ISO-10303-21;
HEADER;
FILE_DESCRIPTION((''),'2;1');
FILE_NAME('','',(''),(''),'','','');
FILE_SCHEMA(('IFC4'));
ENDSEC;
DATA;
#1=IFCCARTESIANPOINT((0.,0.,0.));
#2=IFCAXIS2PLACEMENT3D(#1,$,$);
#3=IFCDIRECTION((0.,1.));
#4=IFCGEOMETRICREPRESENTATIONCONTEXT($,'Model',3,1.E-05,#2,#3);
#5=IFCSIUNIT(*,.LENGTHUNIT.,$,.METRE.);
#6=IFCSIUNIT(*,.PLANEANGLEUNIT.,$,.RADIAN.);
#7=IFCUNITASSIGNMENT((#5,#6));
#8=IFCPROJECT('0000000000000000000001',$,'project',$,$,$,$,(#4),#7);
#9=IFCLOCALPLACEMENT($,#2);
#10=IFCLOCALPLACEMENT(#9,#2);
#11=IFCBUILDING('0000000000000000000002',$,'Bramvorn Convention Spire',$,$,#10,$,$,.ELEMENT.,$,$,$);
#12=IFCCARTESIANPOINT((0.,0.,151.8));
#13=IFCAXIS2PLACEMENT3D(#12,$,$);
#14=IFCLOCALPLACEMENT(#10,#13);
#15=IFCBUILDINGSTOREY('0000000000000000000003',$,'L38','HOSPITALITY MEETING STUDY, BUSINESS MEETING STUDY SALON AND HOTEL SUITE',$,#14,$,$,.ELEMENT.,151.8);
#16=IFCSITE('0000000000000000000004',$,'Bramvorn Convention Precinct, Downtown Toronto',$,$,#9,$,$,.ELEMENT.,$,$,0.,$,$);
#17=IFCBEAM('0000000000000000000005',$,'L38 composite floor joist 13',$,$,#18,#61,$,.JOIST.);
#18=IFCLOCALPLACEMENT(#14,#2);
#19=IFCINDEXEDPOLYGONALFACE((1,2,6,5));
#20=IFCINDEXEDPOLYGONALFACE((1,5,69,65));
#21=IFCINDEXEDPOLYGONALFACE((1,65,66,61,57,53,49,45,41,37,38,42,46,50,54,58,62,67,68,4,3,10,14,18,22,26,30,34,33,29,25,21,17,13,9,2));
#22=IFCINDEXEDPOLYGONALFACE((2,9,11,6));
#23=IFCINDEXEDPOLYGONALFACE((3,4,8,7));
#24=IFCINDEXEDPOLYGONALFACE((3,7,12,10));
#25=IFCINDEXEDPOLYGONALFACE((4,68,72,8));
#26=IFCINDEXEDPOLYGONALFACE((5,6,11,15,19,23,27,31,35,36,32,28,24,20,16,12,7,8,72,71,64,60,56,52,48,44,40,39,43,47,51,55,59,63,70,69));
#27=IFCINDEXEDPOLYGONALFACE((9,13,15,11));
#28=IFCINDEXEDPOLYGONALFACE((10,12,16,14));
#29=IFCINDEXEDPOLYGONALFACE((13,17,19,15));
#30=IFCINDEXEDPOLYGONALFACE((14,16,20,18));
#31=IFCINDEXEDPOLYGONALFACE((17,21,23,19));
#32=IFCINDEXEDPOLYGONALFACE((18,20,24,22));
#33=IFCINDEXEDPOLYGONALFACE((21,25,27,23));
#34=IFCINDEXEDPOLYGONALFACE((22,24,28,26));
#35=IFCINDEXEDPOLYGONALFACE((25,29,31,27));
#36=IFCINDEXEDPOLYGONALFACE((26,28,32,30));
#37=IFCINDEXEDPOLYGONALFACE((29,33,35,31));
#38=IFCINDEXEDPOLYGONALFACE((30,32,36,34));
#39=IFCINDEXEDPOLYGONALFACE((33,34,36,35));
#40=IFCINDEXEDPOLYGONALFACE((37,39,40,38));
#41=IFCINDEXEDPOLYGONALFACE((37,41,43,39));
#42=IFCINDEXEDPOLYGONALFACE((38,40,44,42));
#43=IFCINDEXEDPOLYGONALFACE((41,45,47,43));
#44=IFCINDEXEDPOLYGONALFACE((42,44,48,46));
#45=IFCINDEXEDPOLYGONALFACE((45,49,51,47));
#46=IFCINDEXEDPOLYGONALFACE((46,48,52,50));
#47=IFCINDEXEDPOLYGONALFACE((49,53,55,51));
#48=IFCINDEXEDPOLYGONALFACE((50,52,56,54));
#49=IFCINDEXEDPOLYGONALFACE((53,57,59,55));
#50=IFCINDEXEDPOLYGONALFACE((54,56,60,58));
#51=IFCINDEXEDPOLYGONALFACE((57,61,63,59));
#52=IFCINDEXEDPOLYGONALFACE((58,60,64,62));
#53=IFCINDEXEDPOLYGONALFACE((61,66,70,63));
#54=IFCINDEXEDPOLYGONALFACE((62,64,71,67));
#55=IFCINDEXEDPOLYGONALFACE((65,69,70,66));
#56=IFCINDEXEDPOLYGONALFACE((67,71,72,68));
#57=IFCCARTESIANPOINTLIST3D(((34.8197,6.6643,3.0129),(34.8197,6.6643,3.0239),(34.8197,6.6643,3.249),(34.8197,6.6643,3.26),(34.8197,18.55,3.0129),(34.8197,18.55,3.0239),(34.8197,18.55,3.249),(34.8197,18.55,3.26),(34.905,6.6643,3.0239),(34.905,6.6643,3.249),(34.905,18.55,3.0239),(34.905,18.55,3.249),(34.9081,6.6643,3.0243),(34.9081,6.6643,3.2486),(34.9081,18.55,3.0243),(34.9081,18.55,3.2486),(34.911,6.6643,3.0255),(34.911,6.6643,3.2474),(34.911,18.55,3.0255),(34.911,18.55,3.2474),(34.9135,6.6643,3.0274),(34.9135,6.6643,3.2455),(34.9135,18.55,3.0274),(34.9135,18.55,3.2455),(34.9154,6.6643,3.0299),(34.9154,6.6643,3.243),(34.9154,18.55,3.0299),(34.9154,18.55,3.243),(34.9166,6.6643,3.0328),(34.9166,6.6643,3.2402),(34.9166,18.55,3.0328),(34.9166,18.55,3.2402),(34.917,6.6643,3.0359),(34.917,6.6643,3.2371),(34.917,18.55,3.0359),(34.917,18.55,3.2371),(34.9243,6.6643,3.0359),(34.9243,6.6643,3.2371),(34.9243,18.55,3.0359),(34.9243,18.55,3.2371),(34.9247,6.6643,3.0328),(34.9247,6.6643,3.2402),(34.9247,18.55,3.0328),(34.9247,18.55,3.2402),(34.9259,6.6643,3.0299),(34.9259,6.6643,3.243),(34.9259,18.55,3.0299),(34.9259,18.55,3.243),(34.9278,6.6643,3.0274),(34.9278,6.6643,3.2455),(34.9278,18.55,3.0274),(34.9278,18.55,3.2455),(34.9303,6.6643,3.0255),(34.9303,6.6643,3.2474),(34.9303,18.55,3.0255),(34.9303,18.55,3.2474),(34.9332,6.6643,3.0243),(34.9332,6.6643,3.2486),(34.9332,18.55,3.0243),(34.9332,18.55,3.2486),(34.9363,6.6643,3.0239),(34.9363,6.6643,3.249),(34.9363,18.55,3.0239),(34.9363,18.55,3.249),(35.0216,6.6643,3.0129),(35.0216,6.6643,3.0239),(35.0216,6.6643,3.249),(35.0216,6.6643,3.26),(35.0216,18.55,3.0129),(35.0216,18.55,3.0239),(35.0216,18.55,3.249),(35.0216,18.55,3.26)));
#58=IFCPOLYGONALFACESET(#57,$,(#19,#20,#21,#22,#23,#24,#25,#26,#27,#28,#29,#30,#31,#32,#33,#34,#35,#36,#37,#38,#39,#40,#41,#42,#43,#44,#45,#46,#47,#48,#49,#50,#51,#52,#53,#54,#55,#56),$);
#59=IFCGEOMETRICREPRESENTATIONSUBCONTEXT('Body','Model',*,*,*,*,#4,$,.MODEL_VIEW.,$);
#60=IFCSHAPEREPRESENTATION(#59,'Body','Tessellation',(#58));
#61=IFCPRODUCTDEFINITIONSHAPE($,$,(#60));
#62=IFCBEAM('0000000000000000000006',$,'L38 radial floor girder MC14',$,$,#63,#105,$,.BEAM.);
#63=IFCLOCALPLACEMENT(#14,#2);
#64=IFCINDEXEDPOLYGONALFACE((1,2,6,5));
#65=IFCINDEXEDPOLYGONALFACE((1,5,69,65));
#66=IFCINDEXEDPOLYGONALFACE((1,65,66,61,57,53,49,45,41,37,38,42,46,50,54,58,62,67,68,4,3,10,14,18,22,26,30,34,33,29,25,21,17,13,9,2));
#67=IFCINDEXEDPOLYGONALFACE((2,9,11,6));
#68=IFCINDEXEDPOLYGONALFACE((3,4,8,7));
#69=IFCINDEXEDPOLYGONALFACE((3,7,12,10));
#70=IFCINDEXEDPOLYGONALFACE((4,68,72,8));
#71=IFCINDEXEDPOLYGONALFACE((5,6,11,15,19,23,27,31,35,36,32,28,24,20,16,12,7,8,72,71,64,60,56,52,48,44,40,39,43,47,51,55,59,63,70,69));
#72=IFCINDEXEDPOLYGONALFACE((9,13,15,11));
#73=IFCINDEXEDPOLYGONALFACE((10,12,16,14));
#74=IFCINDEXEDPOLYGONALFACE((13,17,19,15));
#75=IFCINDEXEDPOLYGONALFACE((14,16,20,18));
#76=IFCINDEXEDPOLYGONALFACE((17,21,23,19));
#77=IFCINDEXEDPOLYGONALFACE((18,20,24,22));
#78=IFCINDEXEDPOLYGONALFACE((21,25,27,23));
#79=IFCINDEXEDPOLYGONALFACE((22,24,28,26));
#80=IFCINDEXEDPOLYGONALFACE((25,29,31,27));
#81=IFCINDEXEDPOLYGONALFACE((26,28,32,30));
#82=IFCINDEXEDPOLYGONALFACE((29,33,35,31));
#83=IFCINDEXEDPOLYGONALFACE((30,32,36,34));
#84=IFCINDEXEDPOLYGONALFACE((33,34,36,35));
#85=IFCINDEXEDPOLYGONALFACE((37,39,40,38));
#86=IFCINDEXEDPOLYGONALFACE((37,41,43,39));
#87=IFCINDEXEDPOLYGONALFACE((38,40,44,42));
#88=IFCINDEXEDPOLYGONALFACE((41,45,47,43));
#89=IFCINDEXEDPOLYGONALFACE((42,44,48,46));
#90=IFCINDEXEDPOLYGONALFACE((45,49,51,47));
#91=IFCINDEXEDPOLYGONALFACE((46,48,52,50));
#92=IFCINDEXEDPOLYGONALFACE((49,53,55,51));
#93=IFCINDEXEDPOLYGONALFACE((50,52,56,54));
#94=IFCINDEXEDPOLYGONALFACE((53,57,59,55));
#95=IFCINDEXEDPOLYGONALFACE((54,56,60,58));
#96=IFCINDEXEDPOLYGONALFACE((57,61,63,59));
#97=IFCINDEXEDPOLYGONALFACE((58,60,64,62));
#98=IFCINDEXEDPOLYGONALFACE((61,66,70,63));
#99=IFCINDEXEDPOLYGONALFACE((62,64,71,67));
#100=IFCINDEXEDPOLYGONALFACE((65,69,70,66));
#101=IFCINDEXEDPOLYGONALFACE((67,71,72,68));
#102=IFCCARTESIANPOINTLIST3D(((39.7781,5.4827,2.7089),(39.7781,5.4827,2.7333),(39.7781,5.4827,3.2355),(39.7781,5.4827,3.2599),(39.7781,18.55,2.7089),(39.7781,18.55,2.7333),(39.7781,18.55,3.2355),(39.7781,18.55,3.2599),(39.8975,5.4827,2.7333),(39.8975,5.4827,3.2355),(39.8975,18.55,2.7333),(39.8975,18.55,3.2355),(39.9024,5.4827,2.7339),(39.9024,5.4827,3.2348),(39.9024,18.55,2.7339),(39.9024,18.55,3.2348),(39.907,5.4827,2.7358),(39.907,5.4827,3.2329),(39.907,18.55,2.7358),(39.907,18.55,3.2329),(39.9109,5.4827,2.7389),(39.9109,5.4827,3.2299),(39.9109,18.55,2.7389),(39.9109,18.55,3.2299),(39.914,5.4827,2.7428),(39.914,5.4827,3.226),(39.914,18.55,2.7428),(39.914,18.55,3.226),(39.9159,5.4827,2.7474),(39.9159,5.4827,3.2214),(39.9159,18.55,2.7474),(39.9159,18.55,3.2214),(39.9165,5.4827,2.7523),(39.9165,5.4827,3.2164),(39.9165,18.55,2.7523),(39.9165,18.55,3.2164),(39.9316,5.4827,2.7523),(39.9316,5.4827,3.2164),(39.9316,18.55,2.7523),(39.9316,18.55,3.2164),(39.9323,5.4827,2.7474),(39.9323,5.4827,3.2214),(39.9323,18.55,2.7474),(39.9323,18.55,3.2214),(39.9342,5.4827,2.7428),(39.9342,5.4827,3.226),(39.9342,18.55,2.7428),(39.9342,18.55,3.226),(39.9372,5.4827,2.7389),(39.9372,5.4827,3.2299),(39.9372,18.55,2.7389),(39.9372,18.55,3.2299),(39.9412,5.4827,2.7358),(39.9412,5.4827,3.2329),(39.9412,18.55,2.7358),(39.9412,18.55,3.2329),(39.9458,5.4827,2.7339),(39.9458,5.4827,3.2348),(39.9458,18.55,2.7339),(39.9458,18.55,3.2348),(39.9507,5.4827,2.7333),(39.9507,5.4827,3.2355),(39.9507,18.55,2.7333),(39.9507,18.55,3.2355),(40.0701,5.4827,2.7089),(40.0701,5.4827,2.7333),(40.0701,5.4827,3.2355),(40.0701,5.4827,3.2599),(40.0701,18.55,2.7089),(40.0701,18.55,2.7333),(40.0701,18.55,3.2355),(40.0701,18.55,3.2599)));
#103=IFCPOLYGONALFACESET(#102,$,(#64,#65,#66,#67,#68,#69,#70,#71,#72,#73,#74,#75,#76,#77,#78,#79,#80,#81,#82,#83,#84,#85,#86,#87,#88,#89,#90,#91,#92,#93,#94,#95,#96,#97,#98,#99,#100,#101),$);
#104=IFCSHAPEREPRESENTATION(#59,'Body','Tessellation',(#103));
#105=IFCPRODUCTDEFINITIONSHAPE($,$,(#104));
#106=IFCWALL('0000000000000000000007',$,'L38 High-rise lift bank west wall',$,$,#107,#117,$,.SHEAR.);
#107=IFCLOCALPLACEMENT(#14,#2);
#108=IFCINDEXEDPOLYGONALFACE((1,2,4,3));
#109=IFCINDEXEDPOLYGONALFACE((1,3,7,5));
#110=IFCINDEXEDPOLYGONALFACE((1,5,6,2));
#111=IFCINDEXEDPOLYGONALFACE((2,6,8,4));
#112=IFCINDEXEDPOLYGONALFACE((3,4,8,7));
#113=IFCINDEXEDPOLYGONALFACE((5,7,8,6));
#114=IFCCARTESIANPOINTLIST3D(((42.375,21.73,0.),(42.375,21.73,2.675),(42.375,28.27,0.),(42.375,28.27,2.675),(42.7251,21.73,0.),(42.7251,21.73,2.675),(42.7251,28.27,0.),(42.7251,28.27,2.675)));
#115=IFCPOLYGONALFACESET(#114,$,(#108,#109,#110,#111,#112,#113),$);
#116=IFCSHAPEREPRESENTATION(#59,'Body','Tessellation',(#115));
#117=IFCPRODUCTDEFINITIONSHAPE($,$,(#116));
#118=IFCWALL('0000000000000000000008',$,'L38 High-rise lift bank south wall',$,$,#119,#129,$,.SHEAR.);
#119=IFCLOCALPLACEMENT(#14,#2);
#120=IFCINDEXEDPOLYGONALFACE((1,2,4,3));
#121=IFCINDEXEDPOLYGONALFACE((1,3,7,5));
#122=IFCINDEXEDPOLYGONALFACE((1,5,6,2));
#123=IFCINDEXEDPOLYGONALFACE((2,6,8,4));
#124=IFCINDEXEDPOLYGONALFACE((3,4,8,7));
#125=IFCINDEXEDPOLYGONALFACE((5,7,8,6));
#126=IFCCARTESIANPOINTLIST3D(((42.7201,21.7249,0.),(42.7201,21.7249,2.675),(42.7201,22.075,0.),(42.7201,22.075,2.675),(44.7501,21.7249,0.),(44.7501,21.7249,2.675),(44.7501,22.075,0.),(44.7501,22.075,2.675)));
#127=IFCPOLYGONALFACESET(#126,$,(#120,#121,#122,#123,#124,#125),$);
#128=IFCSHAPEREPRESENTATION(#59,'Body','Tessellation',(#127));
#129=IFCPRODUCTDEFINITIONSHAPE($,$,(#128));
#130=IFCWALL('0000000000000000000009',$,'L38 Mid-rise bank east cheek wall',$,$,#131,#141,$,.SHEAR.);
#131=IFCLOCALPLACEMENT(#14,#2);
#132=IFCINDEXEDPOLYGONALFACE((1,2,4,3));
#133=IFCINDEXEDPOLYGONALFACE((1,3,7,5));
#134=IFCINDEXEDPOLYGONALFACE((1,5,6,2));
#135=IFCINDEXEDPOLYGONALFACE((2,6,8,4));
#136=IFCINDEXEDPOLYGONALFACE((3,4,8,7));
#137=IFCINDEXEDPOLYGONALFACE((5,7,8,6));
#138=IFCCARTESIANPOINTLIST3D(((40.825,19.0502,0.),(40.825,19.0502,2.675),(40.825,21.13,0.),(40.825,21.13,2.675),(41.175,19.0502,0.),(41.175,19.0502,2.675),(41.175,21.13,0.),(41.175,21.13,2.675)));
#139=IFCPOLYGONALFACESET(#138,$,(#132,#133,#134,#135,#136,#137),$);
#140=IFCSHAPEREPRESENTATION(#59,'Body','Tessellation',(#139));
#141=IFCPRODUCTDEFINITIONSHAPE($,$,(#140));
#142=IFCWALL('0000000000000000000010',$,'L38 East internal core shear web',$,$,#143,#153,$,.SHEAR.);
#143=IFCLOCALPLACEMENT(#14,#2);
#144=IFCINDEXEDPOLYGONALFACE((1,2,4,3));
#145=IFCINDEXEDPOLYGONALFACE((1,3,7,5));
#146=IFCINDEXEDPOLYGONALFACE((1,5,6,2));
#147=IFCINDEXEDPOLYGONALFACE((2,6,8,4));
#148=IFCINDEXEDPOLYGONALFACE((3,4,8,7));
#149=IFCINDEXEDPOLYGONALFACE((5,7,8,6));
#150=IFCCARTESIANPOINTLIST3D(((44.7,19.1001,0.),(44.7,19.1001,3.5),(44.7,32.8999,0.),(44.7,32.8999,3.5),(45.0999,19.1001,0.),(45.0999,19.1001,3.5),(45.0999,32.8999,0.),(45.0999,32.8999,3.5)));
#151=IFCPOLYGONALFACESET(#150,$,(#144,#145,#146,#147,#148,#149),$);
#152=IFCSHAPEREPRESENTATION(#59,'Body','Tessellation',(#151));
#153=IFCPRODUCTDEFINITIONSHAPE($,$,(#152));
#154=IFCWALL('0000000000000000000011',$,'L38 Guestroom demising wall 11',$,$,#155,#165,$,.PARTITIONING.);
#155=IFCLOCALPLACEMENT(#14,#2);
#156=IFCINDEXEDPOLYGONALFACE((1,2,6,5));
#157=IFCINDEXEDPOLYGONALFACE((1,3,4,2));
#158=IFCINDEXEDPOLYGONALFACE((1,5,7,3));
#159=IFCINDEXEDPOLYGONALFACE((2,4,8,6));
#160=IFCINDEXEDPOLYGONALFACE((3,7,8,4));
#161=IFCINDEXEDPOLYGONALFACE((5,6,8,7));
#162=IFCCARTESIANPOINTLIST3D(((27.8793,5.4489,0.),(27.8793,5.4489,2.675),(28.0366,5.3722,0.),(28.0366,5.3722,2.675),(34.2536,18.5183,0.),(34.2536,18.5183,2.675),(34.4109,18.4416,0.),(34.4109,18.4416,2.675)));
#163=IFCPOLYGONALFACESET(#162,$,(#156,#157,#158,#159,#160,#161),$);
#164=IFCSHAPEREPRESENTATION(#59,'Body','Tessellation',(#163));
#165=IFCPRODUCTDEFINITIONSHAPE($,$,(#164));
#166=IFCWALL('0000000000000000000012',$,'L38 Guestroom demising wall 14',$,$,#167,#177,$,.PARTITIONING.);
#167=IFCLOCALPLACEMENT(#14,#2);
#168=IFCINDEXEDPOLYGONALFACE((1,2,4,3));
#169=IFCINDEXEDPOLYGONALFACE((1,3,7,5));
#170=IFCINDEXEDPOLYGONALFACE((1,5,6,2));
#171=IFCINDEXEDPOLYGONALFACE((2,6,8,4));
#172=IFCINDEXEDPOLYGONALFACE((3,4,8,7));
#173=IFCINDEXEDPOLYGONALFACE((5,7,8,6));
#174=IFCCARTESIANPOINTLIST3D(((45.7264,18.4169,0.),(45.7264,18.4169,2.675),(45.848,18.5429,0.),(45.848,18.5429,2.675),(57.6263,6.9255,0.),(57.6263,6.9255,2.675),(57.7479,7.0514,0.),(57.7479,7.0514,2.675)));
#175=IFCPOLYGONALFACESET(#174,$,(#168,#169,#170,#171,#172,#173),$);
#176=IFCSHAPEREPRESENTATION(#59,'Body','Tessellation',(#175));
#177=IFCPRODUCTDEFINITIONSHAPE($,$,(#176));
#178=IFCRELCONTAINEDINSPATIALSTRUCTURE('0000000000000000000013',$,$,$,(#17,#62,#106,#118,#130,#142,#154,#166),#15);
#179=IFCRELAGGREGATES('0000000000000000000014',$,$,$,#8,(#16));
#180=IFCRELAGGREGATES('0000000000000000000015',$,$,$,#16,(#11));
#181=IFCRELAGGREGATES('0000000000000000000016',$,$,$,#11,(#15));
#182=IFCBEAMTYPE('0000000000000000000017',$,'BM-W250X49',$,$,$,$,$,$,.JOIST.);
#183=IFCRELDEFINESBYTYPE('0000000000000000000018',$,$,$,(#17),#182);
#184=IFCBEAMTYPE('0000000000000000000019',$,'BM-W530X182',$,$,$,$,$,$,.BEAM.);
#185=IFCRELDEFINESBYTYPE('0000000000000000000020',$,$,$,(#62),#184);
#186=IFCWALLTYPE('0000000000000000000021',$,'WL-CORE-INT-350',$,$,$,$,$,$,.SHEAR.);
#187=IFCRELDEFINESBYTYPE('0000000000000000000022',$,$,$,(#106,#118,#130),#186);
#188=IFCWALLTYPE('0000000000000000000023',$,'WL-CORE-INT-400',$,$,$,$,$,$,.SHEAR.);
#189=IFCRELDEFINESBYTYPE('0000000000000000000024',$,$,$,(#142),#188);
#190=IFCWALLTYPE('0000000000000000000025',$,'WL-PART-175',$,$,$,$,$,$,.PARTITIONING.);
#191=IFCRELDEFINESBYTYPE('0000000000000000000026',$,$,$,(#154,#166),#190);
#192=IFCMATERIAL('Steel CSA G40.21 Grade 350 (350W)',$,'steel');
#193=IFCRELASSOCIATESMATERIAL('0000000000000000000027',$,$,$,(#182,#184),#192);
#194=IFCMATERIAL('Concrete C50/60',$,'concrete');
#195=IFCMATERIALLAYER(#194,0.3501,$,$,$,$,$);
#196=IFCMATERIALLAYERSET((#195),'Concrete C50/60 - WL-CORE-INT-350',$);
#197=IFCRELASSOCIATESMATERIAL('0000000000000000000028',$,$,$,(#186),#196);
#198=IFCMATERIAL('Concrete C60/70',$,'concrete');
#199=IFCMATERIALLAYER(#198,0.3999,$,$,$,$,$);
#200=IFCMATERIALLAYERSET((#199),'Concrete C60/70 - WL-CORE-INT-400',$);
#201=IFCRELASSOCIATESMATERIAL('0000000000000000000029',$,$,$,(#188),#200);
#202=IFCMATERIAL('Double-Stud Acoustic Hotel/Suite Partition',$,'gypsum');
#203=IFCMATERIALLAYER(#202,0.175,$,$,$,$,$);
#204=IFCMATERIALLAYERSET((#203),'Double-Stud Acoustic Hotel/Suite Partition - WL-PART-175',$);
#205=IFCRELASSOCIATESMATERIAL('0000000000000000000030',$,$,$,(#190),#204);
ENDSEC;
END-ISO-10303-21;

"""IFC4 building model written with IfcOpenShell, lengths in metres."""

from ifc_helpers import new_model, si_unit, direction, frame, frame_2d, origin, origin_2d, place, context, subcontext, project, spatial, rectangle, i_section, extrude, material, layer, layer_set, material_profile, profile_set, type_object, element, save


model = new_model("IFC4")

# Units and contexts
model_context = context("Model", 3, precision=1e-05, world=origin(), true_north=direction((0.0, 1.0)))
body_context = subcontext(model_context, "Body", "Model", "MODEL_VIEW")
ifc_project = project(units=[si_unit("LENGTHUNIT", "METRE"), si_unit("PLANEANGLEUNIT", "RADIAN")], contexts=[model_context])

# Site, building, storey
site_placement = place(None, origin())
site = spatial("IfcSite", under=ifc_project, at=site_placement, Name="Bramvorn Convention Precinct, Downtown Toronto", CompositionType="ELEMENT", RefElevation=0.0)
building_placement = place(site_placement, origin())
building = spatial("IfcBuilding", under=site, at=building_placement, Name="Bramvorn Convention Spire", CompositionType="ELEMENT")
storey_placement = place(building_placement, frame((0.0, 0.0, 151.8)))
storey = spatial("IfcBuildingStorey", under=building, at=storey_placement, Name="L38", Description="HOSPITALITY MEETING STUDY, BUSINESS MEETING STUDY SALON AND HOTEL SUITE", CompositionType="ELEMENT", Elevation=151.8)

# Beams
ifc_material_1 = material(Name="Steel CSA G40.21 Grade 350 (350W)", Category="steel")
ifc_material_profile_1 = material_profile(ifc_material_1, i_section(OverallWidth=0.2019, OverallDepth=0.2471, WebThickness=0.0073, FlangeThickness=0.011, FilletRadius=0.012, at=origin_2d()))
ifc_profile_set_1 = profile_set([ifc_material_profile_1], Name="Steel CSA G40.21 Grade 350 (350W) - W250X49")
beam_type_1 = type_object("IfcBeamType", Name="BM-W250X49", PredefinedType="JOIST", material=ifc_profile_set_1)
beam_1_placement = place(storey_placement, frame((34.9207, 18.55, 3.1365), z_axis=(0.0, -1.0, 0.0), x_axis=(1.0, 0.0, 0.0)))
element("IfcBeam", 1, at=beam_1_placement, inside=storey, type_object=beam_type_1, Name="L38 composite floor joist 13", PredefinedType="JOIST", context=body_context, shape_type="SweptSolid", body=[
    extrude(i_section(OverallWidth=0.2019, OverallDepth=0.2471, WebThickness=0.0073, FlangeThickness=0.011, FilletRadius=0.012, at=origin_2d()), origin(), (0.0, 0.0, 1.0), 11.8857),
])
ifc_material_profile_2 = material_profile(ifc_material_1, i_section(OverallWidth=0.292, OverallDepth=0.551, WebThickness=0.0151, FlangeThickness=0.0244, FilletRadius=0.019, at=origin_2d()))
ifc_profile_set_2 = profile_set([ifc_material_profile_2], Name="Steel CSA G40.21 Grade 350 (350W) - W530X182")
beam_type_2 = type_object("IfcBeamType", Name="BM-W530X182", PredefinedType="BEAM", material=ifc_profile_set_2)
beam_2_placement = place(storey_placement, frame((39.9241, 18.55, 2.9844), z_axis=(0.0, -1.0, 0.0), x_axis=(1.0, 0.0, 0.0)))
element("IfcBeam", 2, at=beam_2_placement, inside=storey, type_object=beam_type_2, Name="L38 radial floor girder MC14", PredefinedType="BEAM", context=body_context, shape_type="SweptSolid", body=[
    extrude(i_section(OverallWidth=0.292, OverallDepth=0.551, WebThickness=0.0151, FlangeThickness=0.0244, FilletRadius=0.019, at=origin_2d()), origin(), (0.0, 0.0, 1.0), 13.0674),
])

# Walls
ifc_material_2 = material(Name="Concrete C50/60", Category="concrete")
ifc_layer_1 = layer(ifc_material_2, 0.3501)
ifc_layer_set_1 = layer_set([ifc_layer_1], Name="Concrete C50/60 - WL-CORE-INT-350")
wall_type_1 = type_object("IfcWallType", Name="WL-CORE-INT-350", PredefinedType="SHEAR", material=ifc_layer_set_1)
wall_1_placement = place(storey_placement, frame((42.55, 21.73, 0.0), z_axis=(0.0, 0.0, 1.0), x_axis=(0.0, 1.0, 0.0)))
element("IfcWall", 3, at=wall_1_placement, inside=storey, type_object=wall_type_1, Name="L38 High-rise lift bank west wall", PredefinedType="SHEAR", context=body_context, shape_type="SweptSolid", body=[
    extrude(rectangle(XDim=6.54, YDim=0.3501, at=frame_2d((3.27, 0.0))), origin(), (0.0, 0.0, 1.0), 2.675),
])
wall_2_placement = place(storey_placement, frame((42.72, 21.8999, 0.0), z_axis=(0.0, 0.0, 1.0), x_axis=(1.0, 0.0, 0.0)))
element("IfcWall", 4, at=wall_2_placement, inside=storey, type_object=wall_type_1, Name="L38 High-rise lift bank south wall", PredefinedType="SHEAR", context=body_context, shape_type="SweptSolid", body=[
    extrude(rectangle(XDim=2.03, YDim=0.3501, at=frame_2d((1.0151, 0.0))), origin(), (0.0, 0.0, 1.0), 2.675),
])

# Walls
wall_3_placement = place(storey_placement, frame((41.0, 19.05, 0.0), z_axis=(0.0, 0.0, 1.0), x_axis=(0.0, 1.0, 0.0)))
element("IfcWall", 5, at=wall_3_placement, inside=storey, type_object=wall_type_1, Name="L38 Mid-rise bank east cheek wall", PredefinedType="SHEAR", context=body_context, shape_type="SweptSolid", body=[
    extrude(rectangle(XDim=2.0798, YDim=0.3501, at=frame_2d((1.04, 0.0))), origin(), (0.0, 0.0, 1.0), 2.675),
])
ifc_material_3 = material(Name="Concrete C60/70", Category="concrete")
ifc_layer_2 = layer(ifc_material_3, 0.3999)
ifc_layer_set_2 = layer_set([ifc_layer_2], Name="Concrete C60/70 - WL-CORE-INT-400")
wall_type_2 = type_object("IfcWallType", Name="WL-CORE-INT-400", PredefinedType="SHEAR", material=ifc_layer_set_2)
wall_4_placement = place(storey_placement, frame((44.8999, 19.1001, 0.0), z_axis=(0.0, 0.0, 1.0), x_axis=(0.0, 1.0, 0.0)))
element("IfcWall", 6, at=wall_4_placement, inside=storey, type_object=wall_type_2, Name="L38 East internal core shear web", PredefinedType="SHEAR", context=body_context, shape_type="SweptSolid", body=[
    extrude(rectangle(XDim=13.7998, YDim=0.3999, at=frame_2d((6.8999, 0.0))), origin(), (0.0, 0.0, 1.0), 3.5),
])
ifc_material_4 = material(Name="Double-Stud Acoustic Hotel/Suite Partition", Category="gypsum")
ifc_layer_3 = layer(ifc_material_4, 0.175)
ifc_layer_set_3 = layer_set([ifc_layer_3], Name="Double-Stud Acoustic Hotel/Suite Partition - WL-PART-175")
wall_type_3 = type_object("IfcWallType", Name="WL-PART-175", PredefinedType="PARTITIONING", material=ifc_layer_set_3)
wall_5_placement = place(storey_placement, frame((34.3323, 18.48, 0.0), z_axis=(0.0, 0.0, 1.0), x_axis=(-0.438367, -0.898796, 0.0)))
element("IfcWall", 7, at=wall_5_placement, inside=storey, type_object=wall_type_3, Name="L38 Guestroom demising wall 11", PredefinedType="PARTITIONING", context=body_context, shape_type="SweptSolid", body=[
    extrude(rectangle(XDim=14.541, YDim=0.175, at=frame_2d((7.2705, 0.0))), origin(), (0.0, 0.0, 1.0), 2.675),
])
wall_6_placement = place(storey_placement, frame((45.7871, 18.48, 0.0), z_axis=(0.0, 0.0, 1.0), x_axis=(0.719344, -0.694654, 0.0)))
element("IfcWall", 8, at=wall_6_placement, inside=storey, type_object=wall_type_3, Name="L38 Guestroom demising wall 14", PredefinedType="PARTITIONING", context=body_context, shape_type="SweptSolid", body=[
    extrude(rectangle(XDim=16.5427, YDim=0.175, at=frame_2d((8.2715, 0.0))), origin(), (0.0, 0.0, 1.0), 2.675),
])

save(model, "model.ifc")
